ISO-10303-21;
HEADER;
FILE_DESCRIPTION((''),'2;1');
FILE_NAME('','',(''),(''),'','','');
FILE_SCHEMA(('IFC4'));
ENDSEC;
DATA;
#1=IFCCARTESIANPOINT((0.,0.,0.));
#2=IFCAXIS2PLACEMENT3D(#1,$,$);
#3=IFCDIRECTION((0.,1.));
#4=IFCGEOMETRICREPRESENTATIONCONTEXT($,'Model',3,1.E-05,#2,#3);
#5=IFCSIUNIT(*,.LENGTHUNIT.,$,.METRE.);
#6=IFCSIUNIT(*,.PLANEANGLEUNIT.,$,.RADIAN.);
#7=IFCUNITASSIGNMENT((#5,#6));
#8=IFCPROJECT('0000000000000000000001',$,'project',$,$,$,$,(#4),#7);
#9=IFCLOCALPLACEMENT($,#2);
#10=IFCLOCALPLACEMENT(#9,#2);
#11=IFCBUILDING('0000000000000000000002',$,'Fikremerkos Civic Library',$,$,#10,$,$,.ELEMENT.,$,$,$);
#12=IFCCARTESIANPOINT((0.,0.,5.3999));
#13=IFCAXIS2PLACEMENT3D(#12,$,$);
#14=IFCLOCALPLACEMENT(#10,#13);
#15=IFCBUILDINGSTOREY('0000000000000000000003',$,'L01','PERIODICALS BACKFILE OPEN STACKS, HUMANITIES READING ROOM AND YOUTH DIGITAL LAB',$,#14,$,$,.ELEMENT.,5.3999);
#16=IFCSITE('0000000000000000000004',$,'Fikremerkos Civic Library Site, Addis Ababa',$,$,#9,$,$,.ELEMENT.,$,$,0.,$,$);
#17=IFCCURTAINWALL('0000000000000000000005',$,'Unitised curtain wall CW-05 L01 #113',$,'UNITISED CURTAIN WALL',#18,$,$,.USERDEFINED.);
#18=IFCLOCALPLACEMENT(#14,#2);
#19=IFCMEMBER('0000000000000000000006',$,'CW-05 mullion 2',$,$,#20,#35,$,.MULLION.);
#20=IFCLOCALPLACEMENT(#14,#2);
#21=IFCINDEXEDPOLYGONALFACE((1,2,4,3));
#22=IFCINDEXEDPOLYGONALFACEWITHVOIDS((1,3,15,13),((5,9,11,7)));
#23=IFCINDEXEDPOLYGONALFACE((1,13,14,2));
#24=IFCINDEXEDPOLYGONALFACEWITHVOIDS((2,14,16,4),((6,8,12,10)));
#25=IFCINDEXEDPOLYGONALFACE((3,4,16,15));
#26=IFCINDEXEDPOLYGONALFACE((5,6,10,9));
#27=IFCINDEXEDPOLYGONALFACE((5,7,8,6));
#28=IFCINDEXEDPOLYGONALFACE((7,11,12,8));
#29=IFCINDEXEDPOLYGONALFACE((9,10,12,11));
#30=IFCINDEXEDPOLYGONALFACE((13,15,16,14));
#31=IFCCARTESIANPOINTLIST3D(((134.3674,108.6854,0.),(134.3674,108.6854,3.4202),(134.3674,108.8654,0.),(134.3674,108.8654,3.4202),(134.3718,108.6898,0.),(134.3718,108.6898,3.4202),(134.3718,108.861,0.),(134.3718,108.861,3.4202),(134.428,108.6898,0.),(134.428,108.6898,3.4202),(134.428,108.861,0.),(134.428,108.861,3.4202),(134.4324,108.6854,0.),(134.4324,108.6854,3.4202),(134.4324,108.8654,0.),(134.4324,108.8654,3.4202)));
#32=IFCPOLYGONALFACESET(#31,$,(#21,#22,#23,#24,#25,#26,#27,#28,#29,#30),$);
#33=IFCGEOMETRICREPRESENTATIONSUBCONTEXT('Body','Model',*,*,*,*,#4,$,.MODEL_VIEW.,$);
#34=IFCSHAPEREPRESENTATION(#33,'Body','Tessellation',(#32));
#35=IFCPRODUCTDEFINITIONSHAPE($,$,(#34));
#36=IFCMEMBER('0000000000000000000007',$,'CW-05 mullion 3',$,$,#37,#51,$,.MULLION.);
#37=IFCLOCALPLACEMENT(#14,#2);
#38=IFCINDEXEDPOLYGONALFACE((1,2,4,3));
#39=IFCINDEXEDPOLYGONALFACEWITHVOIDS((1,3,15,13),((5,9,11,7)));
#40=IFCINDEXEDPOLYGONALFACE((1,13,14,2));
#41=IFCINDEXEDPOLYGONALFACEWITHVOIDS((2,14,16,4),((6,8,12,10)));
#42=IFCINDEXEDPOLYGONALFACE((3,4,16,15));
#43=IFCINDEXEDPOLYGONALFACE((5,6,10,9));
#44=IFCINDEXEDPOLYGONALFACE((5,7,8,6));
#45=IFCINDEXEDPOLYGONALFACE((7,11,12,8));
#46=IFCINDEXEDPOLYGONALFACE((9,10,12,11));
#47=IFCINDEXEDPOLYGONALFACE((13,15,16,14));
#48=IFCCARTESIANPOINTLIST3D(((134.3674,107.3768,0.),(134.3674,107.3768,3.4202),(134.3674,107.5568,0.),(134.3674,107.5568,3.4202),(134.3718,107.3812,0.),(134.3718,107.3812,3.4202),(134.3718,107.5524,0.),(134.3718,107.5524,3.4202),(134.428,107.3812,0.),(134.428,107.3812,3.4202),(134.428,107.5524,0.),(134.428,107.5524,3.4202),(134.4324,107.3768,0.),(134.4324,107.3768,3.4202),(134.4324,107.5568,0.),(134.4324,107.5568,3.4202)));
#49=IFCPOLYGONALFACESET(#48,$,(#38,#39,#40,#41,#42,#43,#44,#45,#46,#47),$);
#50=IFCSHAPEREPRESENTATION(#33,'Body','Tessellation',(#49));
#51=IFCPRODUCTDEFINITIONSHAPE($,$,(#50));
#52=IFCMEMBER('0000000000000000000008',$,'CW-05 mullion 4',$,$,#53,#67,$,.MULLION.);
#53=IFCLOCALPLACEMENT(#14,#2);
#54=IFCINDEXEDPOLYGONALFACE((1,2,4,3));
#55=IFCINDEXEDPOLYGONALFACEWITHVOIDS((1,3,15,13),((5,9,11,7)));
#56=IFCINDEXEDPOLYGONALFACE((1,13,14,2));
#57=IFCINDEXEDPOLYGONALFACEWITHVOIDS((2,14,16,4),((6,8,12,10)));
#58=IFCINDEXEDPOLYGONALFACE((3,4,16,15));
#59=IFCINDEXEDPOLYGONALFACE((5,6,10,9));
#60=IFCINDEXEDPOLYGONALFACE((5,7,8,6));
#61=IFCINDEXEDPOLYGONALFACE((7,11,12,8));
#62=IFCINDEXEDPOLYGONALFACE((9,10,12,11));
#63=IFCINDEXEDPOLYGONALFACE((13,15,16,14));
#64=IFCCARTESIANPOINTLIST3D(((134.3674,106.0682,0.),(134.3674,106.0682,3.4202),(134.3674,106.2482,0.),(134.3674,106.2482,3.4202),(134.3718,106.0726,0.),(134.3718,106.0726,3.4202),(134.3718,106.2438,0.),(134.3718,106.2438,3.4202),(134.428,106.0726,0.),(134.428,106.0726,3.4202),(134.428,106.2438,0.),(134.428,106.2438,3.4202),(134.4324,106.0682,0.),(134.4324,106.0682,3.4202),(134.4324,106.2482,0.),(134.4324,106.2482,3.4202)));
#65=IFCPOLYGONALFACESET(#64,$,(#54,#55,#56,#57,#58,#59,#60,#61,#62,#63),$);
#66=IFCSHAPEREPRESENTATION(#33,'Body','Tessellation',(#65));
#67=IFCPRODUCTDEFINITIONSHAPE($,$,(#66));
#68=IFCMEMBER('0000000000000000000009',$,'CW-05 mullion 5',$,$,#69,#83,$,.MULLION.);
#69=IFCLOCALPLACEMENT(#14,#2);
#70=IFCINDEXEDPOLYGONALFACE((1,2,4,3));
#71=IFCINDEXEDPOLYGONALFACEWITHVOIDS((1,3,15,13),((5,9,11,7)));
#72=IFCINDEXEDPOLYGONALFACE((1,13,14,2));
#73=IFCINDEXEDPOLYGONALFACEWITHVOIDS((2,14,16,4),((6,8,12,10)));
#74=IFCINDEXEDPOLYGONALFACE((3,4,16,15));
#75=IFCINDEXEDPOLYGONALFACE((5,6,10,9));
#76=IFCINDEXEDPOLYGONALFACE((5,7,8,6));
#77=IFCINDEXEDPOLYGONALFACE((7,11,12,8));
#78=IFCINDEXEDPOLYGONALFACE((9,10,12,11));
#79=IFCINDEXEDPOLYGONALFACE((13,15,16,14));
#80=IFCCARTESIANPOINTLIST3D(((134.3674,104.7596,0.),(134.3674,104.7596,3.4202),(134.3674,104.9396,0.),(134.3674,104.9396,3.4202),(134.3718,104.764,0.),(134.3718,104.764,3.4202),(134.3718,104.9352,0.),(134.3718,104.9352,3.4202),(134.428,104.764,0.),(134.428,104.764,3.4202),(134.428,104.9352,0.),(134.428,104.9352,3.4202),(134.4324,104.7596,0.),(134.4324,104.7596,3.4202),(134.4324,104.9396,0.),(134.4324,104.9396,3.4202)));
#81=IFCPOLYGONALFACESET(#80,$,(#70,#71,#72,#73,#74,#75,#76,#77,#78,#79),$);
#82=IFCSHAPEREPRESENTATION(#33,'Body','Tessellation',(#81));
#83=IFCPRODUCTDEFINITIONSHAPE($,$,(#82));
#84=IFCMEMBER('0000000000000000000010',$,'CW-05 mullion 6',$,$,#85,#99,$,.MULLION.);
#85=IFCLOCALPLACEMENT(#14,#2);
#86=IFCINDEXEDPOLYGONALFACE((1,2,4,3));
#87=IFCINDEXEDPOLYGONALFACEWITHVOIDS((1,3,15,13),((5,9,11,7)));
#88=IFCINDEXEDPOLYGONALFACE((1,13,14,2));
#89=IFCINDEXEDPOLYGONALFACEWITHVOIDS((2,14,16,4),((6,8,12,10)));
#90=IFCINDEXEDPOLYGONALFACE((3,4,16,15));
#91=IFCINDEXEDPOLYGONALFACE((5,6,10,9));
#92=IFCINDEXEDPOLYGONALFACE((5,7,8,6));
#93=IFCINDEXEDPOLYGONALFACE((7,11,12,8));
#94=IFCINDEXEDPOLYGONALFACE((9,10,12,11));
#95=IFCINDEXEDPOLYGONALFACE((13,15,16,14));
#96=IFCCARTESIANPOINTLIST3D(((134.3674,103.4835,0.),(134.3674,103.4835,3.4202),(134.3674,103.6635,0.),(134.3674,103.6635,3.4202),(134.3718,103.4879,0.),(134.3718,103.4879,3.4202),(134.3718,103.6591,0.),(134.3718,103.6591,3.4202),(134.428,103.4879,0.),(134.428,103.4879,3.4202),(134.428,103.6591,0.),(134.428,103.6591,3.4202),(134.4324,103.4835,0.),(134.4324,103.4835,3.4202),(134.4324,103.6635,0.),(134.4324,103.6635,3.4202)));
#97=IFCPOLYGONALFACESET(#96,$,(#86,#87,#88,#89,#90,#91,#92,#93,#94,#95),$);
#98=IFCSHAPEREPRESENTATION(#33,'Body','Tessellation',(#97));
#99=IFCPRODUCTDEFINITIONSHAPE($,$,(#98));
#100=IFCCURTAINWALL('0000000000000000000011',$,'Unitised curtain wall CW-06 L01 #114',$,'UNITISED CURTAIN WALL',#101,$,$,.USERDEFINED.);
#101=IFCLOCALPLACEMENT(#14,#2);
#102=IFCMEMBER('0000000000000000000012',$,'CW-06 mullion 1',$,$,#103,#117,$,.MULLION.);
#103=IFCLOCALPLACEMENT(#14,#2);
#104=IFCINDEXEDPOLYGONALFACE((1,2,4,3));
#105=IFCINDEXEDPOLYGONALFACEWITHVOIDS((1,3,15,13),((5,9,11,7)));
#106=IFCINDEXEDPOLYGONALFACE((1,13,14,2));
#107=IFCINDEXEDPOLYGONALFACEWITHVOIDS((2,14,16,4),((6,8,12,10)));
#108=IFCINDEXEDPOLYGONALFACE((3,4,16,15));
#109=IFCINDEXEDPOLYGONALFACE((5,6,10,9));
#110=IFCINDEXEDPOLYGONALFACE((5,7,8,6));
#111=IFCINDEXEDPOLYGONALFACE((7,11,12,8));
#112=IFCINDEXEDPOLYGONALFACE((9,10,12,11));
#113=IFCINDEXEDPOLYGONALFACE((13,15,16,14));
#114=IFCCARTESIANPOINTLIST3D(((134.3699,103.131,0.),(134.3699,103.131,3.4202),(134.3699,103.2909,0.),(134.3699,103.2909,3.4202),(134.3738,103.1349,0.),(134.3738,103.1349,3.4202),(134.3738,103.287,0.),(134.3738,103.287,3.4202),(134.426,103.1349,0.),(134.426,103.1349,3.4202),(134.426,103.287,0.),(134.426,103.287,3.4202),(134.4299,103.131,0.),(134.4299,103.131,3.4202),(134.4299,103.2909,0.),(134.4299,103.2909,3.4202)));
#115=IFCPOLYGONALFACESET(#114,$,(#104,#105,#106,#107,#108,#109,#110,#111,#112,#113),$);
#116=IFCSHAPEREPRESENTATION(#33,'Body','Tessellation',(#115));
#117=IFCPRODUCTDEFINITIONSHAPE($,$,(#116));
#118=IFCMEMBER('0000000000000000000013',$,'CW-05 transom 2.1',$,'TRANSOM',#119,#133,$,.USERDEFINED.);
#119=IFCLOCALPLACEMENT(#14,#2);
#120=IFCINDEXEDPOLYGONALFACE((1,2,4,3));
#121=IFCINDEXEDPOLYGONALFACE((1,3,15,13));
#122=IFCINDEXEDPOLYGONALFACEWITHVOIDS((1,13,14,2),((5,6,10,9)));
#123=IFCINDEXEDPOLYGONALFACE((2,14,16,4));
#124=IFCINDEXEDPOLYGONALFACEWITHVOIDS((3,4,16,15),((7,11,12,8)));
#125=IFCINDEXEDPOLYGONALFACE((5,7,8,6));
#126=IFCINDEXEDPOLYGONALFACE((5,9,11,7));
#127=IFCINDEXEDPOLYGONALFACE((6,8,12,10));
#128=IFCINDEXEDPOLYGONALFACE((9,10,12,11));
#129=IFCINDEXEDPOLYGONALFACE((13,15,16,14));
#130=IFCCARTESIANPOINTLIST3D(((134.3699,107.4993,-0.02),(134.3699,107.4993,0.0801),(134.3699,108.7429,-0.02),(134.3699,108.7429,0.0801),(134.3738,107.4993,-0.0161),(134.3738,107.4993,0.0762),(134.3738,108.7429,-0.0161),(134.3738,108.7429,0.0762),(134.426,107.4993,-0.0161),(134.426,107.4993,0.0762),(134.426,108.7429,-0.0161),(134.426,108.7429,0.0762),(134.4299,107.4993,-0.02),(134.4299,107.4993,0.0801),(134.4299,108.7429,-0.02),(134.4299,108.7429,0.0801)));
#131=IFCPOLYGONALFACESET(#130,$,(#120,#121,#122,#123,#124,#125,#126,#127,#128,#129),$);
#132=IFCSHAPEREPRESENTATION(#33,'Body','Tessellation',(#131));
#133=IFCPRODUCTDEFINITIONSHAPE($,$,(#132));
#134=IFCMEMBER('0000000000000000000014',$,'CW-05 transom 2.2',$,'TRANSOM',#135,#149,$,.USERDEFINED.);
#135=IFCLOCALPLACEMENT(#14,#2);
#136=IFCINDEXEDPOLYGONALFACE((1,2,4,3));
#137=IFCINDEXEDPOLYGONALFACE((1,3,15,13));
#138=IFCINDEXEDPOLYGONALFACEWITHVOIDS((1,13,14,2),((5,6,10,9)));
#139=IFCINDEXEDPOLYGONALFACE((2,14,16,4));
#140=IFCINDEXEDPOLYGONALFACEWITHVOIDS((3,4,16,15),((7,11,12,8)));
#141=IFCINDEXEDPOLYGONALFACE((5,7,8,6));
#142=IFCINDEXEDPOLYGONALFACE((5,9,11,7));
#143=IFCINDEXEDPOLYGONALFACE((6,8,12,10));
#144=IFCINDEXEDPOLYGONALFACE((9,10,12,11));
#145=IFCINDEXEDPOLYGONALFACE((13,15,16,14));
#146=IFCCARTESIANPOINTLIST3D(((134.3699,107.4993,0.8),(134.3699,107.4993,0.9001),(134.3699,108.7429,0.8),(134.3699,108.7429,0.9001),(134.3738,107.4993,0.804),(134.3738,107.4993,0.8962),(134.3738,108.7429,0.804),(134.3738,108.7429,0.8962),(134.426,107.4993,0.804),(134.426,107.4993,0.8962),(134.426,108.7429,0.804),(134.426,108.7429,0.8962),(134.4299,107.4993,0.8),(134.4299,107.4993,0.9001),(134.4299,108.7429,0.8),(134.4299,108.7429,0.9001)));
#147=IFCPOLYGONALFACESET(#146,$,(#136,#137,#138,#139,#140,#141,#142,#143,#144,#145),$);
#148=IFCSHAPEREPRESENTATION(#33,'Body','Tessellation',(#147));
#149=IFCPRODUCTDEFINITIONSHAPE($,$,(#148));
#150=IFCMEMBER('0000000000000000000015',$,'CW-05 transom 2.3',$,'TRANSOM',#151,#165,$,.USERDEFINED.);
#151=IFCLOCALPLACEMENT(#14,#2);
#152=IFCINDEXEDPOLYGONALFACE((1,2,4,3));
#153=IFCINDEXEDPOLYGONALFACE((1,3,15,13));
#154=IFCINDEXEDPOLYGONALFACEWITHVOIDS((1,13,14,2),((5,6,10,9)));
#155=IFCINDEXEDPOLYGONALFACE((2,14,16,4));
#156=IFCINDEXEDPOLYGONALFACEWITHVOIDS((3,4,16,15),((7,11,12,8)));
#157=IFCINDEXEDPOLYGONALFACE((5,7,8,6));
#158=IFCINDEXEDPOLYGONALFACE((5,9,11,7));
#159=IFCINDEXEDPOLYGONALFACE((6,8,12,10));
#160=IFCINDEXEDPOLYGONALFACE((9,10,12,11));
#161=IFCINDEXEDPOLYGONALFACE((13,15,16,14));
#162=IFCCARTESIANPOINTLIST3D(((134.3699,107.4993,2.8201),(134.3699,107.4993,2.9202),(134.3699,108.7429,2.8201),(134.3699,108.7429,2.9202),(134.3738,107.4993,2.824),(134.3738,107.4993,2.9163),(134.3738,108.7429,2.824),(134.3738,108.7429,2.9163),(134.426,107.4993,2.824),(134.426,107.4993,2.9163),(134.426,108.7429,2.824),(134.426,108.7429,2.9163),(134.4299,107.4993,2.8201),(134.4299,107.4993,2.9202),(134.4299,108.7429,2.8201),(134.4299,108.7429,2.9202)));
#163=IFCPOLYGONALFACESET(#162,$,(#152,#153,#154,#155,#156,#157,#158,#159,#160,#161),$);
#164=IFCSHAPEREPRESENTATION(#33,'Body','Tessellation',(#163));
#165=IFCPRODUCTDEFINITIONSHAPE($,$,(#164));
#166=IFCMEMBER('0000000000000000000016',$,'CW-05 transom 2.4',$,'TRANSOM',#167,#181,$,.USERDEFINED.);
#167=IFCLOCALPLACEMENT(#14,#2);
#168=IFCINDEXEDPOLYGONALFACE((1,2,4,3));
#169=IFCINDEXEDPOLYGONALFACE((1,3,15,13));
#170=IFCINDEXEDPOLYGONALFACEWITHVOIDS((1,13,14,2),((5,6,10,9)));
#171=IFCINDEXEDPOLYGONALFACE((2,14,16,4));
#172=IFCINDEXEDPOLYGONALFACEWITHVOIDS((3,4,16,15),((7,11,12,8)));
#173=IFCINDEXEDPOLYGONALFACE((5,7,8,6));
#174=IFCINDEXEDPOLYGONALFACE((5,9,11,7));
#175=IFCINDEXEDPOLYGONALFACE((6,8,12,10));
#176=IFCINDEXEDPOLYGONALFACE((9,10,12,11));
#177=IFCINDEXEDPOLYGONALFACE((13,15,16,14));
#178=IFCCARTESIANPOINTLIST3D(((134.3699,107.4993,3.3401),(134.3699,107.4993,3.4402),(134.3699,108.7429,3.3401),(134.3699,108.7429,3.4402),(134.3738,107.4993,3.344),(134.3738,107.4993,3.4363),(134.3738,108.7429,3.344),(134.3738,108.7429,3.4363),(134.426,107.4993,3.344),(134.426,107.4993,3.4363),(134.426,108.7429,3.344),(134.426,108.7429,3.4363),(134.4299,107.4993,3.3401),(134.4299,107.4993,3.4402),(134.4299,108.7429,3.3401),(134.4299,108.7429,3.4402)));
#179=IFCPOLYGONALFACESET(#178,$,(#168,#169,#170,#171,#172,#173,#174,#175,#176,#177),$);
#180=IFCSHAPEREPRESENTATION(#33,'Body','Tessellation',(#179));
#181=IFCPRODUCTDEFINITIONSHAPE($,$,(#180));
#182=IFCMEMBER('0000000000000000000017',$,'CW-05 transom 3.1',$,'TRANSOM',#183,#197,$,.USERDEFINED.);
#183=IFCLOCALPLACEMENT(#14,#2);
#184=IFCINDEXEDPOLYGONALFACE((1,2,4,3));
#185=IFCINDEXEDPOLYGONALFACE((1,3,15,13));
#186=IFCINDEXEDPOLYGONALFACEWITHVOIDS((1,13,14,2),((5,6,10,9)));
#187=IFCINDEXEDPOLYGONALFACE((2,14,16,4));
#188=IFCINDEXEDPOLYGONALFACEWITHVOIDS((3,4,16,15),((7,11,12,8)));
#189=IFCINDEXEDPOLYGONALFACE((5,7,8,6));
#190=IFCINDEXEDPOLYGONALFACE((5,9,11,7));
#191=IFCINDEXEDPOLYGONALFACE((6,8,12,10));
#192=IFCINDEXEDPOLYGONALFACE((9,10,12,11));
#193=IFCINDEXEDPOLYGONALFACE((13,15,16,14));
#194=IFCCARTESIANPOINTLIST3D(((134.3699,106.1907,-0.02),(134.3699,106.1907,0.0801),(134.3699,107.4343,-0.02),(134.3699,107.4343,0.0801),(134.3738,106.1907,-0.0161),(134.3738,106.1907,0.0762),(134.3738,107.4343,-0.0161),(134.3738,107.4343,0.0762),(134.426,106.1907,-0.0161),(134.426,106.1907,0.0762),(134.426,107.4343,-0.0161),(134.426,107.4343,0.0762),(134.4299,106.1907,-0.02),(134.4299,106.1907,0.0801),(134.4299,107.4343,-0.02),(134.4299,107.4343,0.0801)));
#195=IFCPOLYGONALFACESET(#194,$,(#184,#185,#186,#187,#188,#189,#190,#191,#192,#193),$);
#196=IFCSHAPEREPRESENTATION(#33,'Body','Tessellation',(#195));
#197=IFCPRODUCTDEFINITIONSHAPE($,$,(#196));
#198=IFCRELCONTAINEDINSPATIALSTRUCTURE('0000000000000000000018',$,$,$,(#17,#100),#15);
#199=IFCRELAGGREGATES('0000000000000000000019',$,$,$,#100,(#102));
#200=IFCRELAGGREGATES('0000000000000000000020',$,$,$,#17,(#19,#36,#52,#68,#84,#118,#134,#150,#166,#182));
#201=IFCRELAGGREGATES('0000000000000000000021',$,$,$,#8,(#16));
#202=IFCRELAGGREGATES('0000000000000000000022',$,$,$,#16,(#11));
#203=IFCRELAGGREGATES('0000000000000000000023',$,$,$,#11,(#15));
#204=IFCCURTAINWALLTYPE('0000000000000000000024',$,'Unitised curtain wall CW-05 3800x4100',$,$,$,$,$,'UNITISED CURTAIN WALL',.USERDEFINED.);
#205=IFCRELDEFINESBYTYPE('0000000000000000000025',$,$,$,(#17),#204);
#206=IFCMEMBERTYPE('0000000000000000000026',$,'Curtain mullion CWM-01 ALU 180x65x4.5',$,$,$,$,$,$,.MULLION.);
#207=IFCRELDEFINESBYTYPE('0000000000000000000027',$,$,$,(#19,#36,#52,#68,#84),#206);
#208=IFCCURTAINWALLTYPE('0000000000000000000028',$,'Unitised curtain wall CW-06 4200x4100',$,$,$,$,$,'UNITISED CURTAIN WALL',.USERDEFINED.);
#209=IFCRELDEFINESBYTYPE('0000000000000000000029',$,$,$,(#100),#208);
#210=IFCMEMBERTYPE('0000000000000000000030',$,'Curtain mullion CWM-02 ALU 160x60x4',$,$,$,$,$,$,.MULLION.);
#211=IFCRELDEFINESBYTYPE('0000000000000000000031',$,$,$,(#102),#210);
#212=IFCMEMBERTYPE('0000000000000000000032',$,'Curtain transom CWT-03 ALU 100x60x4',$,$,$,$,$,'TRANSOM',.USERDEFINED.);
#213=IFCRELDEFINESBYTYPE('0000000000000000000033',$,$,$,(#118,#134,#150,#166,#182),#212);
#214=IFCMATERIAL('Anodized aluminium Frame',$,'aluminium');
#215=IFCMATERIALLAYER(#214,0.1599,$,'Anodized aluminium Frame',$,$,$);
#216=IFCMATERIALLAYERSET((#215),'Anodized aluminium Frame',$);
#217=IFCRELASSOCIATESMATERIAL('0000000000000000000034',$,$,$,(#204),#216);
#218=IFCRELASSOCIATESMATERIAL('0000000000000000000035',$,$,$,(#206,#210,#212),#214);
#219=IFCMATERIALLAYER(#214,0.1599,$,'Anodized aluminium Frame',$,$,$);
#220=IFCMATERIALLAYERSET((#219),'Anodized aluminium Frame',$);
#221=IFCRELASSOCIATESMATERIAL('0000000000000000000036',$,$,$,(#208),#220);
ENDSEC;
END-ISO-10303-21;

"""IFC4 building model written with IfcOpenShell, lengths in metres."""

from ifc_helpers import new_model, si_unit, direction, frame, origin, origin_2d, place, context, subcontext, project, spatial, hollow_rectangle, extrude, material, layer, layer_set, material_profile, profile_set, type_object, element, aggregate, save


model = new_model("IFC4")

# Units and contexts
model_context = context("Model", 3, precision=1e-05, world=origin(), true_north=direction((0.0, 1.0)))
body_context = subcontext(model_context, "Body", "Model", "MODEL_VIEW")
ifc_project = project(units=[si_unit("LENGTHUNIT", "METRE"), si_unit("PLANEANGLEUNIT", "RADIAN")], contexts=[model_context])

# Site, building, storey
site_placement = place(None, origin())
site = spatial("IfcSite", under=ifc_project, at=site_placement, Name="Fikremerkos Civic Library Site, Addis Ababa", CompositionType="ELEMENT", RefElevation=0.0)
building_placement = place(site_placement, origin())
building = spatial("IfcBuilding", under=site, at=building_placement, Name="Fikremerkos Civic Library", CompositionType="ELEMENT")
storey_placement = place(building_placement, frame((0.0, 0.0, 5.3999)))
storey = spatial("IfcBuildingStorey", under=building, at=storey_placement, Name="L01", Description="PERIODICALS BACKFILE OPEN STACKS, HUMANITIES READING ROOM AND YOUTH DIGITAL LAB", CompositionType="ELEMENT", Elevation=5.3999)

# Curtain wall, members
ifc_material_1 = material(Name="Anodized aluminium Frame", Category="aluminium")
ifc_layer_1 = layer(ifc_material_1, 0.1599, Name="Anodized aluminium Frame")
ifc_layer_set_1 = layer_set([ifc_layer_1], Name="Anodized aluminium Frame")
curtain_wall_type_1 = type_object("IfcCurtainWallType", Name="Unitised curtain wall CW-05 3800x4100", ElementType="UNITISED CURTAIN WALL", PredefinedType="USERDEFINED", material=ifc_layer_set_1)
curtain_wall_1_placement = place(storey_placement, origin())
curtain_wall_1 = element("IfcCurtainWall", 1, at=curtain_wall_1_placement, inside=storey, type_object=curtain_wall_type_1, Name="Unitised curtain wall CW-05 L01 #113", ObjectType="UNITISED CURTAIN WALL", PredefinedType="USERDEFINED")
ifc_material_profile_1 = material_profile(ifc_material_1, hollow_rectangle(XDim=0.0649, YDim=0.1799, WallThickness=0.0044, at=origin_2d()), Name="ALU 180x65x4.5")
ifc_profile_set_1 = profile_set([ifc_material_profile_1], Name="Anodized aluminium Frame")
member_type_1 = type_object("IfcMemberType", Name="Curtain mullion CWM-01 ALU 180x65x4.5", PredefinedType="MULLION", material=ifc_profile_set_1)
member_1_placement = place(storey_placement, frame((134.3999, 108.7754, 0.0), z_axis=(0.0, 0.0, 1.0), x_axis=(1.0, 0.0, 0.0)))
member_1 = element("IfcMember", 2, at=member_1_placement, type_object=member_type_1, Name="CW-05 mullion 2", PredefinedType="MULLION", context=body_context, shape_type="SweptSolid", body=[
    extrude(hollow_rectangle(XDim=0.0649, YDim=0.1799, WallThickness=0.0044, at=origin_2d()), origin(), (0.0, 0.0, 1.0), 3.4202),
])
member_2_placement = place(storey_placement, frame((134.3999, 107.4668, 0.0), z_axis=(0.0, 0.0, 1.0), x_axis=(1.0, 0.0, 0.0)))
member_2 = element("IfcMember", 3, at=member_2_placement, type_object=member_type_1, Name="CW-05 mullion 3", PredefinedType="MULLION", context=body_context, shape_type="SweptSolid", body=[
    extrude(hollow_rectangle(XDim=0.0649, YDim=0.1799, WallThickness=0.0044, at=origin_2d()), origin(), (0.0, 0.0, 1.0), 3.4202),
])
member_3_placement = place(storey_placement, frame((134.3999, 106.1582, 0.0), z_axis=(0.0, 0.0, 1.0), x_axis=(1.0, 0.0, 0.0)))
member_3 = element("IfcMember", 4, at=member_3_placement, type_object=member_type_1, Name="CW-05 mullion 4", PredefinedType="MULLION", context=body_context, shape_type="SweptSolid", body=[
    extrude(hollow_rectangle(XDim=0.0649, YDim=0.1799, WallThickness=0.0044, at=origin_2d()), origin(), (0.0, 0.0, 1.0), 3.4202),
])
member_4_placement = place(storey_placement, frame((134.3999, 104.8496, 0.0), z_axis=(0.0, 0.0, 1.0), x_axis=(1.0, 0.0, 0.0)))
member_4 = element("IfcMember", 5, at=member_4_placement, type_object=member_type_1, Name="CW-05 mullion 5", PredefinedType="MULLION", context=body_context, shape_type="SweptSolid", body=[
    extrude(hollow_rectangle(XDim=0.0649, YDim=0.1799, WallThickness=0.0044, at=origin_2d()), origin(), (0.0, 0.0, 1.0), 3.4202),
])
member_5_placement = place(storey_placement, frame((134.3999, 103.5735, 0.0), z_axis=(0.0, 0.0, 1.0), x_axis=(1.0, 0.0, 0.0)))
member_5 = element("IfcMember", 6, at=member_5_placement, type_object=member_type_1, Name="CW-05 mullion 6", PredefinedType="MULLION", context=body_context, shape_type="SweptSolid", body=[
    extrude(hollow_rectangle(XDim=0.0649, YDim=0.1799, WallThickness=0.0044, at=origin_2d()), origin(), (0.0, 0.0, 1.0), 3.4202),
])

# Curtain wall, member
ifc_layer_2 = layer(ifc_material_1, 0.1599, Name="Anodized aluminium Frame")
ifc_layer_set_2 = layer_set([ifc_layer_2], Name="Anodized aluminium Frame")
curtain_wall_type_2 = type_object("IfcCurtainWallType", Name="Unitised curtain wall CW-06 4200x4100", ElementType="UNITISED CURTAIN WALL", PredefinedType="USERDEFINED", material=ifc_layer_set_2)
curtain_wall_2_placement = place(storey_placement, origin())
curtain_wall_2 = element("IfcCurtainWall", 7, at=curtain_wall_2_placement, inside=storey, type_object=curtain_wall_type_2, Name="Unitised curtain wall CW-06 L01 #114", ObjectType="UNITISED CURTAIN WALL", PredefinedType="USERDEFINED")
ifc_material_profile_2 = material_profile(ifc_material_1, hollow_rectangle(XDim=0.0601, YDim=0.1599, WallThickness=0.0039, at=origin_2d()), Name="ALU 160x60x4")
ifc_profile_set_2 = profile_set([ifc_material_profile_2], Name="Anodized aluminium Frame")
member_type_2 = type_object("IfcMemberType", Name="Curtain mullion CWM-02 ALU 160x60x4", PredefinedType="MULLION", material=ifc_profile_set_2)
member_6_placement = place(storey_placement, frame((134.3999, 103.2109, 0.0), z_axis=(0.0, 0.0, 1.0), x_axis=(1.0, 0.0, 0.0)))
member_6 = element("IfcMember", 8, at=member_6_placement, type_object=member_type_2, Name="CW-06 mullion 1", PredefinedType="MULLION", context=body_context, shape_type="SweptSolid", body=[
    extrude(hollow_rectangle(XDim=0.0601, YDim=0.1599, WallThickness=0.0039, at=origin_2d()), origin(), (0.0, 0.0, 1.0), 3.4202),
])

# Members
ifc_material_profile_3 = material_profile(ifc_material_1, hollow_rectangle(XDim=0.0601, YDim=0.1001, WallThickness=0.0039, at=origin_2d()), Name="ALU 100x60x4")
ifc_profile_set_3 = profile_set([ifc_material_profile_3], Name="Anodized aluminium Frame")
member_type_3 = type_object("IfcMemberType", Name="Curtain transom CWT-03 ALU 100x60x4", ElementType="TRANSOM", PredefinedType="USERDEFINED", material=ifc_profile_set_3)
member_7_placement = place(storey_placement, frame((134.3999, 108.7429, 0.03), z_axis=(0.0, -1.0, 0.0), x_axis=(1.0, 0.0, 0.0)))
member_7 = element("IfcMember", 9, at=member_7_placement, type_object=member_type_3, Name="CW-05 transom 2.1", ObjectType="TRANSOM", PredefinedType="USERDEFINED", context=body_context, shape_type="SweptSolid", body=[
    extrude(hollow_rectangle(XDim=0.0601, YDim=0.1001, WallThickness=0.0039, at=origin_2d()), origin(), (0.0, 0.0, 1.0), 1.2437),
])
member_8_placement = place(storey_placement, frame((134.3999, 108.7429, 0.8501), z_axis=(0.0, -1.0, 0.0), x_axis=(1.0, 0.0, 0.0)))
member_8 = element("IfcMember", 10, at=member_8_placement, type_object=member_type_3, Name="CW-05 transom 2.2", ObjectType="TRANSOM", PredefinedType="USERDEFINED", context=body_context, shape_type="SweptSolid", body=[
    extrude(hollow_rectangle(XDim=0.0601, YDim=0.1001, WallThickness=0.0039, at=origin_2d()), origin(), (0.0, 0.0, 1.0), 1.2437),
])
member_9_placement = place(storey_placement, frame((134.3999, 108.7429, 2.8701), z_axis=(0.0, -1.0, 0.0), x_axis=(1.0, 0.0, 0.0)))
member_9 = element("IfcMember", 11, at=member_9_placement, type_object=member_type_3, Name="CW-05 transom 2.3", ObjectType="TRANSOM", PredefinedType="USERDEFINED", context=body_context, shape_type="SweptSolid", body=[
    extrude(hollow_rectangle(XDim=0.0601, YDim=0.1001, WallThickness=0.0039, at=origin_2d()), origin(), (0.0, 0.0, 1.0), 1.2437),
])
member_10_placement = place(storey_placement, frame((134.3999, 108.7429, 3.3901), z_axis=(0.0, -1.0, 0.0), x_axis=(1.0, 0.0, 0.0)))
member_10 = element("IfcMember", 12, at=member_10_placement, type_object=member_type_3, Name="CW-05 transom 2.4", ObjectType="TRANSOM", PredefinedType="USERDEFINED", context=body_context, shape_type="SweptSolid", body=[
    extrude(hollow_rectangle(XDim=0.0601, YDim=0.1001, WallThickness=0.0039, at=origin_2d()), origin(), (0.0, 0.0, 1.0), 1.2437),
])
member_11_placement = place(storey_placement, frame((134.3999, 107.4343, 0.03), z_axis=(0.0, -1.0, 0.0), x_axis=(1.0, 0.0, 0.0)))
member_11 = element("IfcMember", 13, at=member_11_placement, type_object=member_type_3, Name="CW-05 transom 3.1", ObjectType="TRANSOM", PredefinedType="USERDEFINED", context=body_context, shape_type="SweptSolid", body=[
    extrude(hollow_rectangle(XDim=0.0601, YDim=0.1001, WallThickness=0.0039, at=origin_2d()), origin(), (0.0, 0.0, 1.0), 1.2437),
])
aggregate(curtain_wall_2, [member_6])

aggregate(curtain_wall_1, [member_1, member_2, member_3, member_4, member_5, member_7, member_8, member_9, member_10, member_11])

save(model, "model.ifc")
